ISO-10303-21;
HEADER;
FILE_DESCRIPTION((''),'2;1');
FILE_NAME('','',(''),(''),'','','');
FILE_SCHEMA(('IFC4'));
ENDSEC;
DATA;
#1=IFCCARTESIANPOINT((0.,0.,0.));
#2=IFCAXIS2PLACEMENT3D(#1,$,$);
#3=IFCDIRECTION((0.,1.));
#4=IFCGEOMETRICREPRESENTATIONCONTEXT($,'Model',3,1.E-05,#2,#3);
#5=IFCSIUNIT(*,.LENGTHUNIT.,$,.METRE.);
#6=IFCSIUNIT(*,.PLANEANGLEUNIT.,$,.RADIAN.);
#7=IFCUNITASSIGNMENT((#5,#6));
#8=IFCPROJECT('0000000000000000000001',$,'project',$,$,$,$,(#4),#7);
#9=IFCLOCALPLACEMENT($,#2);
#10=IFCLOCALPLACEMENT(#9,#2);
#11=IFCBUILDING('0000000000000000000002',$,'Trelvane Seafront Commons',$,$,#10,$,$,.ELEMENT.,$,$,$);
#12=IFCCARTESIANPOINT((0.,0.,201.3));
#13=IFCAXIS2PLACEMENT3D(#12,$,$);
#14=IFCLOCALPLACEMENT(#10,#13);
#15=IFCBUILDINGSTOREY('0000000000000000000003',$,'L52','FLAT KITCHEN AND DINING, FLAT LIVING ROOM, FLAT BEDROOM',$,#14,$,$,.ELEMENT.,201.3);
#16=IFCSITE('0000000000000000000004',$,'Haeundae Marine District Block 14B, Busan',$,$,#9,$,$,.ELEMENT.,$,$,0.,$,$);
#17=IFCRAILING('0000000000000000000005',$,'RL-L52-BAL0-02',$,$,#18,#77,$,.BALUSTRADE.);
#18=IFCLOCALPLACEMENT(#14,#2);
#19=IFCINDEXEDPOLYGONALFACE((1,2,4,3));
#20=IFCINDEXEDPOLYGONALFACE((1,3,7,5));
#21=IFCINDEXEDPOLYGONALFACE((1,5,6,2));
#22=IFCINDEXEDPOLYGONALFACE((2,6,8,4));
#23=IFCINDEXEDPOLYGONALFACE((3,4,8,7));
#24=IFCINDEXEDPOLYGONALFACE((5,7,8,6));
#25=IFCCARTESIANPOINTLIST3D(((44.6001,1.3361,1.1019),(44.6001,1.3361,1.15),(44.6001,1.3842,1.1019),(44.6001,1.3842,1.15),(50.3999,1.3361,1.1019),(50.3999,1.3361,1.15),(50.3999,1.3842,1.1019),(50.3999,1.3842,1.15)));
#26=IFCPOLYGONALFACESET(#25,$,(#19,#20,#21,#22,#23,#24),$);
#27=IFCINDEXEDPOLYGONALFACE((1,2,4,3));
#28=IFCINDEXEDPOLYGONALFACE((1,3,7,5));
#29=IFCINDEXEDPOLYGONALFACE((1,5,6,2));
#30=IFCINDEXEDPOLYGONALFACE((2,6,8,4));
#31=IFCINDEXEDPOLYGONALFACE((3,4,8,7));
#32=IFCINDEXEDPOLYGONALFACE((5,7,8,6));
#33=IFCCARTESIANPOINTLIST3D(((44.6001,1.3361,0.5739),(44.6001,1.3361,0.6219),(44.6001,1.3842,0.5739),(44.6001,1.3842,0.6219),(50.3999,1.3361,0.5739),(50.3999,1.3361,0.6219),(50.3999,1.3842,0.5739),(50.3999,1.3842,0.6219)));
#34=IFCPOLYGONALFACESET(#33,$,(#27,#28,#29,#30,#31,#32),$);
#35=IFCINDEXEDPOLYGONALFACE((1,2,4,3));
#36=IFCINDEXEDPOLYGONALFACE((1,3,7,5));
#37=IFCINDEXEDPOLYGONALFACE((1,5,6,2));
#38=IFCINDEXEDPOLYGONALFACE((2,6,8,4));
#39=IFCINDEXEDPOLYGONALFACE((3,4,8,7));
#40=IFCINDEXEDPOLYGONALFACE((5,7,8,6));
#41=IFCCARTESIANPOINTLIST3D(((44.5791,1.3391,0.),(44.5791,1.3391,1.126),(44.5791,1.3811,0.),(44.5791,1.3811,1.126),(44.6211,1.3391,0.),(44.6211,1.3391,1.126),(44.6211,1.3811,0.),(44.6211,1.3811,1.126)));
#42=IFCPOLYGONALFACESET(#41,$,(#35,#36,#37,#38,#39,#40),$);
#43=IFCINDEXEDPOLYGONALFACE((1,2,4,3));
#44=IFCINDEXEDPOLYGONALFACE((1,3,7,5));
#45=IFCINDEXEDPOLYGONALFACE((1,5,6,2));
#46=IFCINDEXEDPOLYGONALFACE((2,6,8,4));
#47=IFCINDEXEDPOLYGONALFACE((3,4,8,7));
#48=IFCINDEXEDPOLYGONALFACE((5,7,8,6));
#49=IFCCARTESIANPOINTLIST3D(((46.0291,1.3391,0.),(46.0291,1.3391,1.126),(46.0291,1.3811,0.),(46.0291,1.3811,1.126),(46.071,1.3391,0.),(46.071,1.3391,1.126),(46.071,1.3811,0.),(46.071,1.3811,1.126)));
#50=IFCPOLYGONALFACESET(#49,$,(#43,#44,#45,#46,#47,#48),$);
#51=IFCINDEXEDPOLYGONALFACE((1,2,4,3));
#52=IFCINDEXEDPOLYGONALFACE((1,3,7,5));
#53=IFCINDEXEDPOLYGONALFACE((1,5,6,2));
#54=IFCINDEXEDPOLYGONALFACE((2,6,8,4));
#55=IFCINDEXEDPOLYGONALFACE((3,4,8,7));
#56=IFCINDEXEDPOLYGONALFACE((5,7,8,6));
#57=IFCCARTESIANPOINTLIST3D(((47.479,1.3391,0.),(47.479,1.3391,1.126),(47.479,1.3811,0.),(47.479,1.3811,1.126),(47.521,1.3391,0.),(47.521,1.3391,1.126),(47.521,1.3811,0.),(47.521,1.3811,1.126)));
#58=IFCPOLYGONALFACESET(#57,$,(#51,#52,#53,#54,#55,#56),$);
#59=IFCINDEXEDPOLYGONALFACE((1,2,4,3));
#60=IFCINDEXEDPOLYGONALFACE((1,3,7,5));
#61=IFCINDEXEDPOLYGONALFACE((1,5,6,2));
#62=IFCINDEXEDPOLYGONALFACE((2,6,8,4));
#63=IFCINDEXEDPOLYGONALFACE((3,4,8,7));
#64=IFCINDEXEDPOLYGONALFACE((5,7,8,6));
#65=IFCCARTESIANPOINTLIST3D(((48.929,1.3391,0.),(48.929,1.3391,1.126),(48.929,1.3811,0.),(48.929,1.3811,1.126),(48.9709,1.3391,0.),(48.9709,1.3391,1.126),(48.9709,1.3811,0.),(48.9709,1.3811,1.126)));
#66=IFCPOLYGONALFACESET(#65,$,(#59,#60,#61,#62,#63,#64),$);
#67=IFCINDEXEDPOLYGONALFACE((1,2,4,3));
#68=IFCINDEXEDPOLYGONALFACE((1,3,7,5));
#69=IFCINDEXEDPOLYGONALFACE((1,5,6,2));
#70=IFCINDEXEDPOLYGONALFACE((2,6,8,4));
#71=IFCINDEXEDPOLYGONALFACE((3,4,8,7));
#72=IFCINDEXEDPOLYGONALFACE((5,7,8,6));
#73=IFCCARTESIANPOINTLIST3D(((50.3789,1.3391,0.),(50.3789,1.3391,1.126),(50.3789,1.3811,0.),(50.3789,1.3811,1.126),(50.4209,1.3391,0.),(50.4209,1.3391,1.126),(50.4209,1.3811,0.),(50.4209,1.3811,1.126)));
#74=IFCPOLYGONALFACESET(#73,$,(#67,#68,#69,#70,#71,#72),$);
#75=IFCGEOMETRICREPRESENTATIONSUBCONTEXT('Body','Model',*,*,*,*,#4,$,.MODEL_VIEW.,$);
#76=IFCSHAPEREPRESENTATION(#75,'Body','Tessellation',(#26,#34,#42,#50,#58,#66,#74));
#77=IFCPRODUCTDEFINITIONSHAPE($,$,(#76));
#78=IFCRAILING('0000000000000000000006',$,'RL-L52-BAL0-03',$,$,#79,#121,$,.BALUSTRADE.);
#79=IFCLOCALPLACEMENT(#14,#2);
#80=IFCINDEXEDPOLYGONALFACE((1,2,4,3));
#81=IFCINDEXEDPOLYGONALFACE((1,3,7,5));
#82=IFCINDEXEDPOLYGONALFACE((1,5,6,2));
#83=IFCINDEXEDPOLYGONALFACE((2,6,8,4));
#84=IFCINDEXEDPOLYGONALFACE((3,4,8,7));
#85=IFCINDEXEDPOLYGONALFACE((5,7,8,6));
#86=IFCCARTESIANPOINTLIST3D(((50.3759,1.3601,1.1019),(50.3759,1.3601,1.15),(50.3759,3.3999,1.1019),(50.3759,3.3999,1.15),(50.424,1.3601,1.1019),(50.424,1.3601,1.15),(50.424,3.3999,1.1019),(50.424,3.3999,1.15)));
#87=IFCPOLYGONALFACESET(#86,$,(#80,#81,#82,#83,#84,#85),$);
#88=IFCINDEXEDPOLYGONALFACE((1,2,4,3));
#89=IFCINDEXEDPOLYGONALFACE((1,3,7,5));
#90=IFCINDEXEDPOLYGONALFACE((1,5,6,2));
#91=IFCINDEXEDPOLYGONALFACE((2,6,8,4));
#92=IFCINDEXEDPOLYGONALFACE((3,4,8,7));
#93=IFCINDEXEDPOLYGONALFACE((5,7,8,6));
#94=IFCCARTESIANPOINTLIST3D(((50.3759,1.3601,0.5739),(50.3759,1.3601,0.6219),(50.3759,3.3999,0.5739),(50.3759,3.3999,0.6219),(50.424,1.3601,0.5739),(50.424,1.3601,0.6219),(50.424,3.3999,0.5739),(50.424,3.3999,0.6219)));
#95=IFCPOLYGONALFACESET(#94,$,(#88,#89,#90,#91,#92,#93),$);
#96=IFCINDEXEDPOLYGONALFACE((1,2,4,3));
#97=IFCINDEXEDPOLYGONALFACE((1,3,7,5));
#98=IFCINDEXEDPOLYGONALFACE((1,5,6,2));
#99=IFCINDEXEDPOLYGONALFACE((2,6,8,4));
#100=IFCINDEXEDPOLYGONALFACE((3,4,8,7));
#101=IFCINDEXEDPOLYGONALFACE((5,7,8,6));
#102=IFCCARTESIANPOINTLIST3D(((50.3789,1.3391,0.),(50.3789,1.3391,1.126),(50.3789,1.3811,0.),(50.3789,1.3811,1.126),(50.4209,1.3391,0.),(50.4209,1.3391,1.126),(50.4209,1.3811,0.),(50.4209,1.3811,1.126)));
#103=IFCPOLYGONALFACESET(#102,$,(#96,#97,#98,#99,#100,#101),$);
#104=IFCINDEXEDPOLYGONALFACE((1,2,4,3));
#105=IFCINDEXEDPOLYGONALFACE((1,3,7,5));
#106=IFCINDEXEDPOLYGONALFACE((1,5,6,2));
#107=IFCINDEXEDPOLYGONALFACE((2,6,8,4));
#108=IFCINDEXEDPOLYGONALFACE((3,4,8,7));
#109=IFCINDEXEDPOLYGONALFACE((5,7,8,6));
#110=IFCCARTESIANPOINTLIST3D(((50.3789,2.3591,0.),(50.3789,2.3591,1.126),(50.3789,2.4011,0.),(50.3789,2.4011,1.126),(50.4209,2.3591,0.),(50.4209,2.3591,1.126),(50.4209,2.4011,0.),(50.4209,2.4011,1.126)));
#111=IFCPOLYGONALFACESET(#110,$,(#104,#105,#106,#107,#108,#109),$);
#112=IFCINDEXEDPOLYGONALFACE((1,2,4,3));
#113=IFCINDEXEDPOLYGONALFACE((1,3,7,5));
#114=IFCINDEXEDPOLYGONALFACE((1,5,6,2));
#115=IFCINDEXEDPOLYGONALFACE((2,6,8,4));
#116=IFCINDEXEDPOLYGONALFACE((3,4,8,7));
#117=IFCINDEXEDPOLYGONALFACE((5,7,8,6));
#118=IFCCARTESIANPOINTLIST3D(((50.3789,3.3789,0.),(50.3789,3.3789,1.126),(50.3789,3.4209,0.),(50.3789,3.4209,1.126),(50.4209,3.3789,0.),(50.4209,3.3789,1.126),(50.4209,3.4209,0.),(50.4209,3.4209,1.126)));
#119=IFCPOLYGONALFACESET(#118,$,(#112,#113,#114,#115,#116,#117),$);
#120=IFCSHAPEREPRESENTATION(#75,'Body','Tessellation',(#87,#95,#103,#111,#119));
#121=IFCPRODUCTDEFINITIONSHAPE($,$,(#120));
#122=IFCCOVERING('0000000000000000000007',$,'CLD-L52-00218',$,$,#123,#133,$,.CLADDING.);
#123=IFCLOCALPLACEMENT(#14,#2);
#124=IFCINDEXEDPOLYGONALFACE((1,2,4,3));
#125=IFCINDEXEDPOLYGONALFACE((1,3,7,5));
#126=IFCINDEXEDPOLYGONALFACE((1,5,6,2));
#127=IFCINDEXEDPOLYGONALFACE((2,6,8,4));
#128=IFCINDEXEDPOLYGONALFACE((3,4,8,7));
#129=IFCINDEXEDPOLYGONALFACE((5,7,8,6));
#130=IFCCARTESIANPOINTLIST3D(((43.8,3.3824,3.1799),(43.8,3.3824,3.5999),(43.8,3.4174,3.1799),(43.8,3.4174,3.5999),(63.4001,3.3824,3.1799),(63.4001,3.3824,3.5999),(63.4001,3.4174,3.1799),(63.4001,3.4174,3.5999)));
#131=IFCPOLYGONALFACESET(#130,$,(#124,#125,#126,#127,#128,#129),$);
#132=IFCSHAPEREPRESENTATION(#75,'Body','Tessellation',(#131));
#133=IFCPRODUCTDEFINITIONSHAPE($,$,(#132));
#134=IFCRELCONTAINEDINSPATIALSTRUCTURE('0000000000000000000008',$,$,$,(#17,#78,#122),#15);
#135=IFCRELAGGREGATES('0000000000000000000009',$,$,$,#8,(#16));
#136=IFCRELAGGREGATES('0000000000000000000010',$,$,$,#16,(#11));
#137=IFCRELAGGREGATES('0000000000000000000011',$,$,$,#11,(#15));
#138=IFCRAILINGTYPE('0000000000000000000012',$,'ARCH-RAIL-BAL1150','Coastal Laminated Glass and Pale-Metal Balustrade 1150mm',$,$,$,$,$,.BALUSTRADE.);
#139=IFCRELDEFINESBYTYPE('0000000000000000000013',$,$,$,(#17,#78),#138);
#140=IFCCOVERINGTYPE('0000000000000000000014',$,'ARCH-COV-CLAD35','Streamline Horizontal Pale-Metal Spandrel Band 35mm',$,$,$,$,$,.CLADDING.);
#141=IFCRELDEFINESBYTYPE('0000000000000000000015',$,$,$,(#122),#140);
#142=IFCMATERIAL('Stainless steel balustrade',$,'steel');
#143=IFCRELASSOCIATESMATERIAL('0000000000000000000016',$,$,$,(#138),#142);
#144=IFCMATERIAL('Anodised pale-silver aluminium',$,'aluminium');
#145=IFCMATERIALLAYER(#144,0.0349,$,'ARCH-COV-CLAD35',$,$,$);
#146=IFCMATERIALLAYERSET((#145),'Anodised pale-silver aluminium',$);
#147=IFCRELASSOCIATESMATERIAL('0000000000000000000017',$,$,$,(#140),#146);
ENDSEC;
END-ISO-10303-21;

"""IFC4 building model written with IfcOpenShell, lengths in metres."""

from ifc_helpers import new_model, si_unit, direction, frame, origin, origin_2d, place, context, subcontext, project, spatial, rectangle, extrude, source, transform, mapped, material, layer, layer_set, type_object, element, save


model = new_model("IFC4")

# Units and contexts
model_context = context("Model", 3, precision=1e-05, world=origin(), true_north=direction((0.0, 1.0)))
body_context = subcontext(model_context, "Body", "Model", "MODEL_VIEW")
ifc_project = project(units=[si_unit("LENGTHUNIT", "METRE"), si_unit("PLANEANGLEUNIT", "RADIAN")], contexts=[model_context])

# Site, building, storey
site_placement = place(None, origin())
site = spatial("IfcSite", under=ifc_project, at=site_placement, Name="Haeundae Marine District Block 14B, Busan", CompositionType="ELEMENT", RefElevation=0.0)
building_placement = place(site_placement, origin())
building = spatial("IfcBuilding", under=site, at=building_placement, Name="Trelvane Seafront Commons", CompositionType="ELEMENT")
storey_placement = place(building_placement, frame((0.0, 0.0, 201.3)))
storey = spatial("IfcBuildingStorey", under=building, at=storey_placement, Name="L52", Description="FLAT KITCHEN AND DINING, FLAT LIVING ROOM, FLAT BEDROOM", CompositionType="ELEMENT", Elevation=201.3)

# Shared definitions
ifc_material_1 = material(Name="Anodised pale-silver aluminium", Category="aluminium")

# Railings
ifc_material_2 = material(Name="Stainless steel balustrade", Category="steel")
railing_type = type_object("IfcRailingType", Name="ARCH-RAIL-BAL1150", Description="Coastal Laminated Glass and Pale-Metal Balustrade 1150mm", PredefinedType="BALUSTRADE", material=ifc_material_2)
railing_1_placement = place(storey_placement, frame((44.6001, 1.3601, 0.0)))
element("IfcRailing", 1, at=railing_1_placement, inside=storey, type_object=railing_type, Name="RL-L52-BAL0-02", PredefinedType="BALUSTRADE", context=body_context, shape_type="SweptSolid", body=[
    extrude(rectangle(XDim=0.0481, YDim=0.0481, at=origin_2d()), frame((0.0, 0.0, 1.126), z_axis=(1.0, 0.0, 0.0), x_axis=(0.0, 1.0, 0.0)), (0.0, 0.0, 1.0), 5.7998),
    extrude(rectangle(XDim=0.0481, YDim=0.0481, at=origin_2d()), frame((0.0, 0.0, 0.5979), z_axis=(1.0, 0.0, 0.0), x_axis=(0.0, 1.0, 0.0)), (0.0, 0.0, 1.0), 5.7998),
    extrude(rectangle(XDim=0.042, YDim=0.042, at=origin_2d()), origin(), (0.0, 0.0, 1.0), 1.126),
    extrude(rectangle(XDim=0.042, YDim=0.042, at=origin_2d()), frame((1.45, 0.0, 0.0)), (0.0, 0.0, 1.0), 1.126),
    extrude(rectangle(XDim=0.042, YDim=0.042, at=origin_2d()), frame((2.8999, 0.0, 0.0)), (0.0, 0.0, 1.0), 1.126),
    extrude(rectangle(XDim=0.042, YDim=0.042, at=origin_2d()), frame((4.3499, 0.0, 0.0)), (0.0, 0.0, 1.0), 1.126),
    extrude(rectangle(XDim=0.042, YDim=0.042, at=origin_2d()), frame((5.7998, 0.0, 0.0)), (0.0, 0.0, 1.0), 1.126),
])
railing_2_placement = place(storey_placement, frame((50.3999, 1.3601, 0.0)))
element("IfcRailing", 2, at=railing_2_placement, inside=storey, type_object=railing_type, Name="RL-L52-BAL0-03", PredefinedType="BALUSTRADE", context=body_context, shape_type="SweptSolid", body=[
    extrude(rectangle(XDim=0.0481, YDim=0.0481, at=origin_2d()), frame((0.0, 0.0, 1.126), z_axis=(0.0, 1.0, 0.0), x_axis=(-1.0, 0.0, 0.0)), (0.0, 0.0, 1.0), 2.0398),
    extrude(rectangle(XDim=0.0481, YDim=0.0481, at=origin_2d()), frame((0.0, 0.0, 0.5979), z_axis=(0.0, 1.0, 0.0), x_axis=(-1.0, 0.0, 0.0)), (0.0, 0.0, 1.0), 2.0398),
    extrude(rectangle(XDim=0.042, YDim=0.042, at=origin_2d()), origin(), (0.0, 0.0, 1.0), 1.126),
    extrude(rectangle(XDim=0.042, YDim=0.042, at=origin_2d()), frame((0.0, 1.02, 0.0)), (0.0, 0.0, 1.0), 1.126),
    extrude(rectangle(XDim=0.042, YDim=0.042, at=origin_2d()), frame((0.0, 2.0398, 0.0)), (0.0, 0.0, 1.0), 1.126),
])

# Covering
ifc_layer_1 = layer(ifc_material_1, 0.0349, Name="ARCH-COV-CLAD35")
ifc_layer_set_1 = layer_set([ifc_layer_1], Name="Anodised pale-silver aluminium")
covering_type = type_object("IfcCoveringType", Name="ARCH-COV-CLAD35", Description="Streamline Horizontal Pale-Metal Spandrel Band 35mm", PredefinedType="CLADDING", material=ifc_layer_set_1)
shared_shape_1 = source(origin(), body_context, "Body", "SweptSolid", [
    extrude(rectangle(XDim=19.6001, YDim=0.0349, at=origin_2d()), origin(), (0.0, 0.0, 1.0), 0.4199),
])
covering_placement = place(storey_placement, frame((53.6001, 3.3999, 3.1799), z_axis=(0.0, 0.0, 1.0), x_axis=(-1.0, 0.0, 0.0)))
element("IfcCovering", 3, at=covering_placement, inside=storey, type_object=covering_type, Name="CLD-L52-00218", PredefinedType="CLADDING", context=body_context, shape_type="MappedRepresentation", body=[
    mapped(shared_shape_1, transform((0.0, 0.0, 0.0), x_axis=(1.0, 0.0, 0.0), y_axis=(0.0, 1.0, 0.0), z_axis=(0.0, 0.0, 1.0), scale=1.0)),
])

save(model, "model.ifc")
